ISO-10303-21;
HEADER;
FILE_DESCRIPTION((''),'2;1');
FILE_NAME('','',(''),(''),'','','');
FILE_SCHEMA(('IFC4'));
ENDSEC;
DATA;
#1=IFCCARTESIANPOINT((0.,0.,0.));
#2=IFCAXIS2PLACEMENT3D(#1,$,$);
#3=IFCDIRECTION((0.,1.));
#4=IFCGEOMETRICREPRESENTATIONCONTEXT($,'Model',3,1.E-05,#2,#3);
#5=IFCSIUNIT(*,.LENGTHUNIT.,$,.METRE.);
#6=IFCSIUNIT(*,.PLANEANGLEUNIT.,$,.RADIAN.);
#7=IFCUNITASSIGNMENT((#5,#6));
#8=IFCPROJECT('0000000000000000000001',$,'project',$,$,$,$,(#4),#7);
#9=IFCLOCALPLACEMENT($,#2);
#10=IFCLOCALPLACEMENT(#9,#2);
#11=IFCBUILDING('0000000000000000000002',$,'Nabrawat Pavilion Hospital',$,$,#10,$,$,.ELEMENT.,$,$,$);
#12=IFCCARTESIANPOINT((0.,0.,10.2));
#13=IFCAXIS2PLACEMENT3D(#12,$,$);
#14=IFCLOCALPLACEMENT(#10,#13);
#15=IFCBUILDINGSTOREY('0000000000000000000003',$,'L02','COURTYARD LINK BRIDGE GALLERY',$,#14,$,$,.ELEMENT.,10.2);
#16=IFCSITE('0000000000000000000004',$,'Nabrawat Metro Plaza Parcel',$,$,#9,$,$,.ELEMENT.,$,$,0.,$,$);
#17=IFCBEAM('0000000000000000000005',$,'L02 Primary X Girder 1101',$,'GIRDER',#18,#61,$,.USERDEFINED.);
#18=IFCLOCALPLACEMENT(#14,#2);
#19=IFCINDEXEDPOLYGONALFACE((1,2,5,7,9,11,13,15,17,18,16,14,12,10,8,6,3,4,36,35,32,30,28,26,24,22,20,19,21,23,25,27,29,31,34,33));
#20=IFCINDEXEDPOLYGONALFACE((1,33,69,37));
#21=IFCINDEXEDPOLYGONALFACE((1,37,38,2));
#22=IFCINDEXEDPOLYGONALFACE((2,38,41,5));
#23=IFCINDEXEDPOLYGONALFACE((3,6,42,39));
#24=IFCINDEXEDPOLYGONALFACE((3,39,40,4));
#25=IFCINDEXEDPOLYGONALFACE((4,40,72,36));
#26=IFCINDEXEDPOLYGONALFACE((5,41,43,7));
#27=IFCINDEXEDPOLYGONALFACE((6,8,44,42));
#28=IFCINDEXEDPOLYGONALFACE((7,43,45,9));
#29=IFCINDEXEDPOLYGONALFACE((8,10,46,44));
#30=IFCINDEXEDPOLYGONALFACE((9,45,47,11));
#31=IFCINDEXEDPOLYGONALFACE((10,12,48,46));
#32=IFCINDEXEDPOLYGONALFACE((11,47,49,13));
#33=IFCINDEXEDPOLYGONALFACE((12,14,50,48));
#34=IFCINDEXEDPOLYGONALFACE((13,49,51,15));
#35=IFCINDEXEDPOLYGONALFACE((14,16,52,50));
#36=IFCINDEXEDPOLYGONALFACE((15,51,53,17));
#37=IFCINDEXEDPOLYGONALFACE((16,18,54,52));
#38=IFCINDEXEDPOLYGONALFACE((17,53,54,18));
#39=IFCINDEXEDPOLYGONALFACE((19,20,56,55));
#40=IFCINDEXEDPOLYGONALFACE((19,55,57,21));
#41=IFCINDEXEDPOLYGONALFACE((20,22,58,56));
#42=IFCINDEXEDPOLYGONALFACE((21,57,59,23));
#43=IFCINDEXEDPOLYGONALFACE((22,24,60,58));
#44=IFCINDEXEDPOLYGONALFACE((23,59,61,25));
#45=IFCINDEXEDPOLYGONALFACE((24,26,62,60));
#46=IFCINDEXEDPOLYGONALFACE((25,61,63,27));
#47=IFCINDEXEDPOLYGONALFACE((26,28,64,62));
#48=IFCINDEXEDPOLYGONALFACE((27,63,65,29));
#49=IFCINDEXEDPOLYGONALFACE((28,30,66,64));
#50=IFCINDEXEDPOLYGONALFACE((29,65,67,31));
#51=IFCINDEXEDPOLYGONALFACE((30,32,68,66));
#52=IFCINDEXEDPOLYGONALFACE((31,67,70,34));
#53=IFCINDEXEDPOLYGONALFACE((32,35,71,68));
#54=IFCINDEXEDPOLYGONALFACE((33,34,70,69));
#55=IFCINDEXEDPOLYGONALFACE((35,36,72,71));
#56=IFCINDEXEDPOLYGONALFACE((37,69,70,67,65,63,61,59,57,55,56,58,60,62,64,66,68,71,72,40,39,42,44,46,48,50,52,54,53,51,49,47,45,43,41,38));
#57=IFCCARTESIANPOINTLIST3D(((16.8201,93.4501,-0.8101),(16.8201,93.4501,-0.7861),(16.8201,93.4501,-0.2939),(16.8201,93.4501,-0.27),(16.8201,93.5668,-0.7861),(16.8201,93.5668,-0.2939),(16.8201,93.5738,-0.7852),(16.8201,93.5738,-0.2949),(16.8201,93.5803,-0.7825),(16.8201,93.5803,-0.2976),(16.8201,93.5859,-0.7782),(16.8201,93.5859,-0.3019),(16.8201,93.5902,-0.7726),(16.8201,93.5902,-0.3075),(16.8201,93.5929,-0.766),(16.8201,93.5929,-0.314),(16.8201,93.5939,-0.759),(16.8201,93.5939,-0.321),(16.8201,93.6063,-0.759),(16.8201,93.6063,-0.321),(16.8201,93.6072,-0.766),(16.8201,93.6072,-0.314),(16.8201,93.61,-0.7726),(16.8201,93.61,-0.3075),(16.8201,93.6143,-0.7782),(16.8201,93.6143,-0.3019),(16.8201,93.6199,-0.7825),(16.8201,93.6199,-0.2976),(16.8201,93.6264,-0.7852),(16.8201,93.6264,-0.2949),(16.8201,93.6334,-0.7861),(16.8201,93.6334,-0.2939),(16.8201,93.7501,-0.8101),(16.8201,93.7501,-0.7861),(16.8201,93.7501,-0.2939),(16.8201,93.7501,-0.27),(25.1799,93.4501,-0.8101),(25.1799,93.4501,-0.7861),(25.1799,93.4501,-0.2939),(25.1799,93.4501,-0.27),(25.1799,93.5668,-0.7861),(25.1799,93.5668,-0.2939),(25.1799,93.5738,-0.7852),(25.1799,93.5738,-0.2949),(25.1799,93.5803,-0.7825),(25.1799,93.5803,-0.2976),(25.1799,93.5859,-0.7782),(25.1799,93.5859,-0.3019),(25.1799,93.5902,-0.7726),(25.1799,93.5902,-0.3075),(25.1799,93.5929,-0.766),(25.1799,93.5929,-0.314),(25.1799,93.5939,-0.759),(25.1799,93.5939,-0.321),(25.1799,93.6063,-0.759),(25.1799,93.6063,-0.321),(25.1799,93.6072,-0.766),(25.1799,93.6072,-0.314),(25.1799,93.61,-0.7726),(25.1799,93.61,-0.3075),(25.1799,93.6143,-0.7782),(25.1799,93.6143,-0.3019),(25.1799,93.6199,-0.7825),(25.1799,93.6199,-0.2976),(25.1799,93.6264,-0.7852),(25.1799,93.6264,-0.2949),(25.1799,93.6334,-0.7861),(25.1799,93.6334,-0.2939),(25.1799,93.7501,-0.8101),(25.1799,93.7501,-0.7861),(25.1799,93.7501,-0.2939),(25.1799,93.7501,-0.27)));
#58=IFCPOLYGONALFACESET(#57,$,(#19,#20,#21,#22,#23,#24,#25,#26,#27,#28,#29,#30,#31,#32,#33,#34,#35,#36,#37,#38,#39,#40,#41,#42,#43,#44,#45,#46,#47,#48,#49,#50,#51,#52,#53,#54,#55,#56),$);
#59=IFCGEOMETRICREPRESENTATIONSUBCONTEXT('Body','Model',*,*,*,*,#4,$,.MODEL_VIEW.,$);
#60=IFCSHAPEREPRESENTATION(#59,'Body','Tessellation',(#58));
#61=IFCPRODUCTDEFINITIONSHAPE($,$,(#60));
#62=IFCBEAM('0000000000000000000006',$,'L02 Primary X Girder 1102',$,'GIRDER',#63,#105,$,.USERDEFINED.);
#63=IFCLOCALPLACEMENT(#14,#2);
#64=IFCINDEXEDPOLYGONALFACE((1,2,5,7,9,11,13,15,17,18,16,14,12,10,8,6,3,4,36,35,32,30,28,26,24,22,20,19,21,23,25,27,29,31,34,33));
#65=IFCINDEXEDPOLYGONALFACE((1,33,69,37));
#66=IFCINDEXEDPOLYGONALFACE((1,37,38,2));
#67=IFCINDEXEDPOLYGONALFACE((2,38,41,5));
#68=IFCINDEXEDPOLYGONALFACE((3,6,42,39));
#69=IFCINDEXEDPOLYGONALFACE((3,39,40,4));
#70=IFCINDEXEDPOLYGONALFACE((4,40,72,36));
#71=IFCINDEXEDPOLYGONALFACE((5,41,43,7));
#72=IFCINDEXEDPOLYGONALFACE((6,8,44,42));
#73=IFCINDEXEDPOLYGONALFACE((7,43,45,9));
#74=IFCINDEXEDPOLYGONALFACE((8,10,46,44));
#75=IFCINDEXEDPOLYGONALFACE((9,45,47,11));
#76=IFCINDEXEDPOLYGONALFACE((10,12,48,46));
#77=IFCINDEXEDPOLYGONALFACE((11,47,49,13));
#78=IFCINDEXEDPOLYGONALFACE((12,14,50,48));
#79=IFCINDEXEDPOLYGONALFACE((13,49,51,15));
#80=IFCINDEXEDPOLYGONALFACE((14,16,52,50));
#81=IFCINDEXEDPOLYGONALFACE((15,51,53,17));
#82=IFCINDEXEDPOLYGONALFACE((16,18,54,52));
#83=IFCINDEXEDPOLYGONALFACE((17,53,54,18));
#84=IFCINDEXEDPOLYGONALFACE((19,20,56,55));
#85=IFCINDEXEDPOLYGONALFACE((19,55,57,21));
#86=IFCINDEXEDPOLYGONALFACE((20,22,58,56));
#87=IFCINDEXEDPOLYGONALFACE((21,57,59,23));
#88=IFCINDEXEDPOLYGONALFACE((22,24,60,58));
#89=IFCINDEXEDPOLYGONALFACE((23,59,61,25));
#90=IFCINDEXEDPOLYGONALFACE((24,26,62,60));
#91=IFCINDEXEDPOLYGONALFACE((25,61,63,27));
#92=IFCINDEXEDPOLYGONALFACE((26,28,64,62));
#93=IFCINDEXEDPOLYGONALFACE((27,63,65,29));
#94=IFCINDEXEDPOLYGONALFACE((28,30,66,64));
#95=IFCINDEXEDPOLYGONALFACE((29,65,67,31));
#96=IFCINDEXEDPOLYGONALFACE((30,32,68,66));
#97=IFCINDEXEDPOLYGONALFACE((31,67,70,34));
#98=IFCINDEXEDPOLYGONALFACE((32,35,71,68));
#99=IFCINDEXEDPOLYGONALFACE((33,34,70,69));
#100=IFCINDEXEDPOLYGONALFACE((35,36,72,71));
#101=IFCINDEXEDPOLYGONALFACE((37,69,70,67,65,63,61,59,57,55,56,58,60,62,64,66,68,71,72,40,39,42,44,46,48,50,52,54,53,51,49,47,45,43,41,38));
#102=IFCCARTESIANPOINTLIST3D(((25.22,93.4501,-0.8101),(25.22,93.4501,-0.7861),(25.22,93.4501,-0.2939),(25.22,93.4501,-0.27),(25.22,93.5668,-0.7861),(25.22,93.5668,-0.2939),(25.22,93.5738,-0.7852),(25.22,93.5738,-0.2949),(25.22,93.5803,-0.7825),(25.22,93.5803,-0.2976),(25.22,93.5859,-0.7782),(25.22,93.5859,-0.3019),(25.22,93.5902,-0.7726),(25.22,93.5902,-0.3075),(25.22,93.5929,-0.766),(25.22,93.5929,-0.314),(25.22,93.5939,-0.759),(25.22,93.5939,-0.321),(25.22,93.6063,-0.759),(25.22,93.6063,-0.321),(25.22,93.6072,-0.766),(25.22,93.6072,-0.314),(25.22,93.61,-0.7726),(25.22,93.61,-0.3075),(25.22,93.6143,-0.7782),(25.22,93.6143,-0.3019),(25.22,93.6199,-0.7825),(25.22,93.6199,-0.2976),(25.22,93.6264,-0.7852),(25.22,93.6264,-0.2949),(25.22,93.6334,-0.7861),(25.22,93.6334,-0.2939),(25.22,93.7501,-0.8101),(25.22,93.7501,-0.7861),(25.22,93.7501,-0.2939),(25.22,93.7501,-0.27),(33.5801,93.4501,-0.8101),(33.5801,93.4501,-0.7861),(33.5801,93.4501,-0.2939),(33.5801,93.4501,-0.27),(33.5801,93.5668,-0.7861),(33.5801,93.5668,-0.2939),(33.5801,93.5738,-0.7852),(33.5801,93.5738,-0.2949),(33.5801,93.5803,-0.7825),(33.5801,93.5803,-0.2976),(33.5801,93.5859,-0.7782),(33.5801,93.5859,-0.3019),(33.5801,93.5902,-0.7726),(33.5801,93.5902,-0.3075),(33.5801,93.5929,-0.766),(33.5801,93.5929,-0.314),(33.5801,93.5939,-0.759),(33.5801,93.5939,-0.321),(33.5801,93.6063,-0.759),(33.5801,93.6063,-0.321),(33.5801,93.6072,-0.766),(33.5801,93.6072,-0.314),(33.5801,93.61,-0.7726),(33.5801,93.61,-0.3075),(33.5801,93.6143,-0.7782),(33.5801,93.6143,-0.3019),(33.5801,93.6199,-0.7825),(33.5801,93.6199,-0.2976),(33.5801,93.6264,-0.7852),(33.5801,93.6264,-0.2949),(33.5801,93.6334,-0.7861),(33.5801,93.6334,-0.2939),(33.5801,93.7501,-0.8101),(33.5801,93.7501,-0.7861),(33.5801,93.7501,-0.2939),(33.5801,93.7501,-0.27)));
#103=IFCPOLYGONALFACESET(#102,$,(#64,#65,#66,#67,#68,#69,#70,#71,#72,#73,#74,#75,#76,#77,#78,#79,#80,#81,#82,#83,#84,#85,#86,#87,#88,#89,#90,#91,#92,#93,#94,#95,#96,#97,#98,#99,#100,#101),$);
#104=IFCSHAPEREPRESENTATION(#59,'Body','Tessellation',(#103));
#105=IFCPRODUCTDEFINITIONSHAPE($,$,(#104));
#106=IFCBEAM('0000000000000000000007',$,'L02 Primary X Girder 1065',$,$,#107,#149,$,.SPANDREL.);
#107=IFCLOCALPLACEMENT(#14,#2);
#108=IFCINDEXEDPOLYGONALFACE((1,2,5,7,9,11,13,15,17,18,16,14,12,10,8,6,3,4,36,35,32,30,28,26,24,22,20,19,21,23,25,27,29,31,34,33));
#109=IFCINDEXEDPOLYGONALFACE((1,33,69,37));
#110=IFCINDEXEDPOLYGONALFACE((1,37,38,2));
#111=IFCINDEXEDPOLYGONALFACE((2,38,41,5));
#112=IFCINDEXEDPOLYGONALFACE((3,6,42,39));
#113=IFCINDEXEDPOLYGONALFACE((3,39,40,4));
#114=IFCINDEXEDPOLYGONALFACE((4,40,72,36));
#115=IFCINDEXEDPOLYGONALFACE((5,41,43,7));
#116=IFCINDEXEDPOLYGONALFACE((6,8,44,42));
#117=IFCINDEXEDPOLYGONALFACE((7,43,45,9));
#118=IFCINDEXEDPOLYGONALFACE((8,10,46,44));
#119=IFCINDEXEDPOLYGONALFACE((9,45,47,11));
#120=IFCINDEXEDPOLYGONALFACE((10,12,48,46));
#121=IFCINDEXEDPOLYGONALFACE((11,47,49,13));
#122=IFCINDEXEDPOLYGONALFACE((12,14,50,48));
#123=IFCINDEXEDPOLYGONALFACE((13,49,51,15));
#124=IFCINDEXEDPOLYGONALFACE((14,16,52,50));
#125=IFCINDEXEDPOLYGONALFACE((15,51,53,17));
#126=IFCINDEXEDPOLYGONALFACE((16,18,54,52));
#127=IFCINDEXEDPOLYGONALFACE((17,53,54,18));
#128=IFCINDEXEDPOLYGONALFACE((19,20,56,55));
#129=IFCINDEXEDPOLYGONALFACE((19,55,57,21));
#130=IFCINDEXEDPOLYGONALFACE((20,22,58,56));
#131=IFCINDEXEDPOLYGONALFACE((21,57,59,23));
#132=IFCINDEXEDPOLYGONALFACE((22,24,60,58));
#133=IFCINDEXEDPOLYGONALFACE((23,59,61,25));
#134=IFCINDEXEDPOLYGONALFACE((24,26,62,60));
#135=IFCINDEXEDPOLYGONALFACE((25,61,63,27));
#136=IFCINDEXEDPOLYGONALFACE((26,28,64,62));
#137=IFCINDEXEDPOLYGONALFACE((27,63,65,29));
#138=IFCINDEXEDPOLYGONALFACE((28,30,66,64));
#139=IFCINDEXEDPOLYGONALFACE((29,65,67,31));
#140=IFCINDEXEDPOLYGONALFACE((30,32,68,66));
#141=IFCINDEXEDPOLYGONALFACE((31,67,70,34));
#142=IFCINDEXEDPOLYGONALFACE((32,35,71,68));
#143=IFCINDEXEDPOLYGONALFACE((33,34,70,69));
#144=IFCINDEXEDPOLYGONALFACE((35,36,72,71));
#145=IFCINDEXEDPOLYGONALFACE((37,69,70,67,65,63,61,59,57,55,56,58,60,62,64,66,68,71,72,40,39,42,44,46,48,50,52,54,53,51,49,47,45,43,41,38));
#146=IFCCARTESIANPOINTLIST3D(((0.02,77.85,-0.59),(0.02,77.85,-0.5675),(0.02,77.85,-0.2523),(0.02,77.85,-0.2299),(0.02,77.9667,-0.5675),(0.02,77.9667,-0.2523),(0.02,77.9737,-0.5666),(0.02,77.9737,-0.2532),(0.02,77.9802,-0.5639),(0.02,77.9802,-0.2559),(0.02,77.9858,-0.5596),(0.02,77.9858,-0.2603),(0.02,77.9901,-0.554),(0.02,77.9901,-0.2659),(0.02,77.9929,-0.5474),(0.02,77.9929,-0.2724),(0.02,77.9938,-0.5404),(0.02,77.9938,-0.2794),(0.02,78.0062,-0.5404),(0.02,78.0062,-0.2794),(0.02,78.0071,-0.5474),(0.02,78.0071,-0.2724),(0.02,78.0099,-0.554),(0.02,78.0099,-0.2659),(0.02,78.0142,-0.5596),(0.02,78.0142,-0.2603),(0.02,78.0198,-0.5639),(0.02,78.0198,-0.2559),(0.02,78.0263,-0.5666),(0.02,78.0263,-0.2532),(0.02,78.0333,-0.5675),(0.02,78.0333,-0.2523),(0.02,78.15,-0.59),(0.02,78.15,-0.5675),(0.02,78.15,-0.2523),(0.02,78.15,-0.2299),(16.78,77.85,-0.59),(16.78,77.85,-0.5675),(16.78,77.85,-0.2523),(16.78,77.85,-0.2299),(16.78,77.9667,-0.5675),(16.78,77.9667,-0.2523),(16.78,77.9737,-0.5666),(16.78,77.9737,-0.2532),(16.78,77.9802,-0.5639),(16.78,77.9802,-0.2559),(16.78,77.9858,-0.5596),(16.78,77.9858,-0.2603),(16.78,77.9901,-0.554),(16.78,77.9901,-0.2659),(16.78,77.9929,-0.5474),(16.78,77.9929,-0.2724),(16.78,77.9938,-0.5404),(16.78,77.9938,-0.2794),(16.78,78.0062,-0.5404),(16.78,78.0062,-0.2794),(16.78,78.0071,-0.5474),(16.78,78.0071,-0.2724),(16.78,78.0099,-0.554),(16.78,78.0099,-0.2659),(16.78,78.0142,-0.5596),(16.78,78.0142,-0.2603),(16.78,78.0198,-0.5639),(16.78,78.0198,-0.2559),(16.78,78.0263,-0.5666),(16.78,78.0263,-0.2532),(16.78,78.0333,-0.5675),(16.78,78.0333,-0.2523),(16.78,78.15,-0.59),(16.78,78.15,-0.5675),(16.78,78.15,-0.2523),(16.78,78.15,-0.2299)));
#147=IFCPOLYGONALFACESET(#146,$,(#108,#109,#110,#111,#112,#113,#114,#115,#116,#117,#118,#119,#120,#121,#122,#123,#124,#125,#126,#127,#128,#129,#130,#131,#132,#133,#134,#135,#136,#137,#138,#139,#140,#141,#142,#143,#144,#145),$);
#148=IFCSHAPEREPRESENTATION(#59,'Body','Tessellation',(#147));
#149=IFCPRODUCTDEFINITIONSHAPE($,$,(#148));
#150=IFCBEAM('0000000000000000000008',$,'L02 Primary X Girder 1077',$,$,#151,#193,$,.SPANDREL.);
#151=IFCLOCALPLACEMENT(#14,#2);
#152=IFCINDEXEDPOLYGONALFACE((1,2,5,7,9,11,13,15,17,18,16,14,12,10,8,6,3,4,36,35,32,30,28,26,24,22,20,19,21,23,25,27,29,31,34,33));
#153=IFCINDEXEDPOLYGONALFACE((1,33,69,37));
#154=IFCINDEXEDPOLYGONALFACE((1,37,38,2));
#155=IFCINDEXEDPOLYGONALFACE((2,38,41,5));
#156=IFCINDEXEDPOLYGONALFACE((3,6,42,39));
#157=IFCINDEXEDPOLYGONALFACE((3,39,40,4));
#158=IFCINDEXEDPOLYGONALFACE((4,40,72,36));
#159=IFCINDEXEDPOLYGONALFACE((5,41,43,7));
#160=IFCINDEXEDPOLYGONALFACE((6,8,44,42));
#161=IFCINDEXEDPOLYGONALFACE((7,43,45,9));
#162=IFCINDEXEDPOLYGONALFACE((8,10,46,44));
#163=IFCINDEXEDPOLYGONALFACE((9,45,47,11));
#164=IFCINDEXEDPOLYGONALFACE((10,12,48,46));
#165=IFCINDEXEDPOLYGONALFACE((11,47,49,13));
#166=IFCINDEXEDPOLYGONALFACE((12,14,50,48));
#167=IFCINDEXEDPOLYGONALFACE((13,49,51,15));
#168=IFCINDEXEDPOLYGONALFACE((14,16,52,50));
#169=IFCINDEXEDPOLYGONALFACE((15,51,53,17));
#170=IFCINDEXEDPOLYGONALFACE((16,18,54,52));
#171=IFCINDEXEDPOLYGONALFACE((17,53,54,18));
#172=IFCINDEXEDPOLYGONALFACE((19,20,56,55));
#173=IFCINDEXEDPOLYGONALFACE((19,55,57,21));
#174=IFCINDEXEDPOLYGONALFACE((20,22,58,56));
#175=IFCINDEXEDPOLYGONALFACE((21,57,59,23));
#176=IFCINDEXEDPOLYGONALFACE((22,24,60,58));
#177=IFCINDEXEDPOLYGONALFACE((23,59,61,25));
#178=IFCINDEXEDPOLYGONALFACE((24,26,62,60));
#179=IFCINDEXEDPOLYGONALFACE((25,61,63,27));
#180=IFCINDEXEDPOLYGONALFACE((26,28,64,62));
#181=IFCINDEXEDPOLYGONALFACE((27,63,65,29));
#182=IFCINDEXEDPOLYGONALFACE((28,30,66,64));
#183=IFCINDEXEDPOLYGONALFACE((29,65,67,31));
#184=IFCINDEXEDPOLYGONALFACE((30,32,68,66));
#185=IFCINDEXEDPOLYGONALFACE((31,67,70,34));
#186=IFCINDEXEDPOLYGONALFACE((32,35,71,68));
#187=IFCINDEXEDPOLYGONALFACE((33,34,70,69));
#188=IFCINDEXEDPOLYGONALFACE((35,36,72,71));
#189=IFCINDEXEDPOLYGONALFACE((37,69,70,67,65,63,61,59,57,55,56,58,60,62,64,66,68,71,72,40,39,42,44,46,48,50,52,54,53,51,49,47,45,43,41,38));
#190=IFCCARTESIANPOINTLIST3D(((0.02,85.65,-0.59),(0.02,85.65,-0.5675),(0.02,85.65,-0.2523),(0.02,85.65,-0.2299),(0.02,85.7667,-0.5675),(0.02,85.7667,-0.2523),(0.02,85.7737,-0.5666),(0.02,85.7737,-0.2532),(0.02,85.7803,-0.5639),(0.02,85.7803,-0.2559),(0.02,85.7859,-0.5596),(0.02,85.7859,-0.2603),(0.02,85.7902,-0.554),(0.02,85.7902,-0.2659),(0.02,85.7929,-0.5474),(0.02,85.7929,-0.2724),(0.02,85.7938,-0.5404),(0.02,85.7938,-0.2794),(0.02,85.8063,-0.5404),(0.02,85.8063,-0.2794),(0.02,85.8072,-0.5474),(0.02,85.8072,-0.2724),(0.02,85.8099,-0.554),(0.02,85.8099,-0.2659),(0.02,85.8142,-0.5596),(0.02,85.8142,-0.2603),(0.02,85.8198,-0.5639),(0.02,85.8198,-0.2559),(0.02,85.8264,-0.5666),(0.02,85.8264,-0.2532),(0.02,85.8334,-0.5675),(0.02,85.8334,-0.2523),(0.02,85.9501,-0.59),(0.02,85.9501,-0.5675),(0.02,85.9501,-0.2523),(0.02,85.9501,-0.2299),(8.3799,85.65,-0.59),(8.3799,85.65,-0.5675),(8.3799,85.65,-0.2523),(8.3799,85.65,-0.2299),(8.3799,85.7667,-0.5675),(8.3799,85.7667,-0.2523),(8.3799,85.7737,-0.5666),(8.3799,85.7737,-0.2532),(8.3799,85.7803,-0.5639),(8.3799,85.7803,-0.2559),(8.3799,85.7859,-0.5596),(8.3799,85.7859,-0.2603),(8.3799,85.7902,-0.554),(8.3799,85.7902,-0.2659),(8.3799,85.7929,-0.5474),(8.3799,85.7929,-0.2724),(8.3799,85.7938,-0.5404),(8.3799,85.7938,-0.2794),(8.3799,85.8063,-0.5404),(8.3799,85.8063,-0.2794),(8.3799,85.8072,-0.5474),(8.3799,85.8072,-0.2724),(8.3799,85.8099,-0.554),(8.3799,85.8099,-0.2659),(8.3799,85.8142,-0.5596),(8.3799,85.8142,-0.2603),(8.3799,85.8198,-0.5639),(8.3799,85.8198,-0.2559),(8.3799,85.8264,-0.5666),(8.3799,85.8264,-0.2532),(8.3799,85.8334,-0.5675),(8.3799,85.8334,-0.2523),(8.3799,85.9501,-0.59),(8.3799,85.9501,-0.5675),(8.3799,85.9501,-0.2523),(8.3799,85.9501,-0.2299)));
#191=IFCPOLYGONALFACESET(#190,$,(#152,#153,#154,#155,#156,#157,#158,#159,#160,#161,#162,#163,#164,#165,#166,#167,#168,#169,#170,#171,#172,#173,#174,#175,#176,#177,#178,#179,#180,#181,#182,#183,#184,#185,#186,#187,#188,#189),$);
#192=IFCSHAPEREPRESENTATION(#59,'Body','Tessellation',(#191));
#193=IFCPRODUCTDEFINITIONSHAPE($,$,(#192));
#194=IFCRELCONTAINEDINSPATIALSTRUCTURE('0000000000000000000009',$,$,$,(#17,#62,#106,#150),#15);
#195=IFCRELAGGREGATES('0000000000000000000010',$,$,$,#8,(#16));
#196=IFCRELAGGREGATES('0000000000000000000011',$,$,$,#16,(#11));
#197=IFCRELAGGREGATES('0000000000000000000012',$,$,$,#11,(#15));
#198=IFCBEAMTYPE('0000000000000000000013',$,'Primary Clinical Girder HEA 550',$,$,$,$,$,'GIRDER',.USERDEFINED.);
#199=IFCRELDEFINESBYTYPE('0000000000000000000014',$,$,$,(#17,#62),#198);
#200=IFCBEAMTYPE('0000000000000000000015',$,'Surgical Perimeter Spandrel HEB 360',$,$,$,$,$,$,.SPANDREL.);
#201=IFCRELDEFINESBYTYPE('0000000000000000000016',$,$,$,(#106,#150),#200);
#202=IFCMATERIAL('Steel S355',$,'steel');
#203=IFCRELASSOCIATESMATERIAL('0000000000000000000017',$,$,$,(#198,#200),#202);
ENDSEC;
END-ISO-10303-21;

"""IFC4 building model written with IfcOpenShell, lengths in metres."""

from ifc_helpers import new_model, si_unit, direction, frame, origin, origin_2d, place, context, subcontext, project, spatial, i_section, extrude, material, material_profile, profile_set, type_object, element, save


model = new_model("IFC4")

# Units and contexts
model_context = context("Model", 3, precision=1e-05, world=origin(), true_north=direction((0.0, 1.0)))
body_context = subcontext(model_context, "Body", "Model", "MODEL_VIEW")
ifc_project = project(units=[si_unit("LENGTHUNIT", "METRE"), si_unit("PLANEANGLEUNIT", "RADIAN")], contexts=[model_context])

# Site, building, storey
site_placement = place(None, origin())
site = spatial("IfcSite", under=ifc_project, at=site_placement, Name="Nabrawat Metro Plaza Parcel", CompositionType="ELEMENT", RefElevation=0.0)
building_placement = place(site_placement, origin())
building = spatial("IfcBuilding", under=site, at=building_placement, Name="Nabrawat Pavilion Hospital", CompositionType="ELEMENT")
storey_placement = place(building_placement, frame((0.0, 0.0, 10.2)))
storey = spatial("IfcBuildingStorey", under=building, at=storey_placement, Name="L02", Description="COURTYARD LINK BRIDGE GALLERY", CompositionType="ELEMENT", Elevation=10.2)

# Shared definitions
ifc_material_1 = material(Name="Steel S355", Category="steel")

# Beams
ifc_material_profile_1 = material_profile(ifc_material_1, i_section(OverallWidth=0.3, OverallDepth=0.54, WebThickness=0.0125, FlangeThickness=0.0239, FilletRadius=0.0271, at=origin_2d()), Name="HEA 550")
ifc_profile_set_1 = profile_set([ifc_material_profile_1], Name="Steel S355")
beam_type_1 = type_object("IfcBeamType", Name="Primary Clinical Girder HEA 550", ElementType="GIRDER", PredefinedType="USERDEFINED", material=ifc_profile_set_1)
beam_1_placement = place(storey_placement, frame((16.8201, 93.6001, -0.54), z_axis=(1.0, 0.0, 0.0), x_axis=(0.0, 1.0, 0.0)))
element("IfcBeam", 1, at=beam_1_placement, inside=storey, type_object=beam_type_1, Name="L02 Primary X Girder 1101", ObjectType="GIRDER", PredefinedType="USERDEFINED", context=body_context, shape_type="SweptSolid", body=[
    extrude(i_section(OverallWidth=0.3, OverallDepth=0.54, WebThickness=0.0125, FlangeThickness=0.0239, FilletRadius=0.0271, at=origin_2d()), origin(), (0.0, 0.0, 1.0), 8.3599),
])
beam_2_placement = place(storey_placement, frame((25.22, 93.6001, -0.54), z_axis=(1.0, 0.0, 0.0), x_axis=(0.0, 1.0, 0.0)))
element("IfcBeam", 2, at=beam_2_placement, inside=storey, type_object=beam_type_1, Name="L02 Primary X Girder 1102", ObjectType="GIRDER", PredefinedType="USERDEFINED", context=body_context, shape_type="SweptSolid", body=[
    extrude(i_section(OverallWidth=0.3, OverallDepth=0.54, WebThickness=0.0125, FlangeThickness=0.0239, FilletRadius=0.0271, at=origin_2d()), origin(), (0.0, 0.0, 1.0), 8.3601),
])
ifc_material_profile_2 = material_profile(ifc_material_1, i_section(OverallWidth=0.3, OverallDepth=0.3601, WebThickness=0.0125, FlangeThickness=0.0225, FilletRadius=0.0271, at=origin_2d()), Name="HEB 360")
ifc_profile_set_2 = profile_set([ifc_material_profile_2], Name="Steel S355")
beam_type_2 = type_object("IfcBeamType", Name="Surgical Perimeter Spandrel HEB 360", PredefinedType="SPANDREL", material=ifc_profile_set_2)
beam_3_placement = place(storey_placement, frame((0.02, 78.0, -0.4099), z_axis=(1.0, 0.0, 0.0), x_axis=(0.0, 1.0, 0.0)))
element("IfcBeam", 3, at=beam_3_placement, inside=storey, type_object=beam_type_2, Name="L02 Primary X Girder 1065", PredefinedType="SPANDREL", context=body_context, shape_type="SweptSolid", body=[
    extrude(i_section(OverallWidth=0.3, OverallDepth=0.3601, WebThickness=0.0125, FlangeThickness=0.0225, FilletRadius=0.0271, at=origin_2d()), origin(), (0.0, 0.0, 1.0), 16.76),
])
beam_4_placement = place(storey_placement, frame((0.02, 85.8, -0.4099), z_axis=(1.0, 0.0, 0.0), x_axis=(0.0, 1.0, 0.0)))
element("IfcBeam", 4, at=beam_4_placement, inside=storey, type_object=beam_type_2, Name="L02 Primary X Girder 1077", PredefinedType="SPANDREL", context=body_context, shape_type="SweptSolid", body=[
    extrude(i_section(OverallWidth=0.3, OverallDepth=0.3601, WebThickness=0.0125, FlangeThickness=0.0225, FilletRadius=0.0271, at=origin_2d()), origin(), (0.0, 0.0, 1.0), 8.3599),
])

save(model, "model.ifc")
